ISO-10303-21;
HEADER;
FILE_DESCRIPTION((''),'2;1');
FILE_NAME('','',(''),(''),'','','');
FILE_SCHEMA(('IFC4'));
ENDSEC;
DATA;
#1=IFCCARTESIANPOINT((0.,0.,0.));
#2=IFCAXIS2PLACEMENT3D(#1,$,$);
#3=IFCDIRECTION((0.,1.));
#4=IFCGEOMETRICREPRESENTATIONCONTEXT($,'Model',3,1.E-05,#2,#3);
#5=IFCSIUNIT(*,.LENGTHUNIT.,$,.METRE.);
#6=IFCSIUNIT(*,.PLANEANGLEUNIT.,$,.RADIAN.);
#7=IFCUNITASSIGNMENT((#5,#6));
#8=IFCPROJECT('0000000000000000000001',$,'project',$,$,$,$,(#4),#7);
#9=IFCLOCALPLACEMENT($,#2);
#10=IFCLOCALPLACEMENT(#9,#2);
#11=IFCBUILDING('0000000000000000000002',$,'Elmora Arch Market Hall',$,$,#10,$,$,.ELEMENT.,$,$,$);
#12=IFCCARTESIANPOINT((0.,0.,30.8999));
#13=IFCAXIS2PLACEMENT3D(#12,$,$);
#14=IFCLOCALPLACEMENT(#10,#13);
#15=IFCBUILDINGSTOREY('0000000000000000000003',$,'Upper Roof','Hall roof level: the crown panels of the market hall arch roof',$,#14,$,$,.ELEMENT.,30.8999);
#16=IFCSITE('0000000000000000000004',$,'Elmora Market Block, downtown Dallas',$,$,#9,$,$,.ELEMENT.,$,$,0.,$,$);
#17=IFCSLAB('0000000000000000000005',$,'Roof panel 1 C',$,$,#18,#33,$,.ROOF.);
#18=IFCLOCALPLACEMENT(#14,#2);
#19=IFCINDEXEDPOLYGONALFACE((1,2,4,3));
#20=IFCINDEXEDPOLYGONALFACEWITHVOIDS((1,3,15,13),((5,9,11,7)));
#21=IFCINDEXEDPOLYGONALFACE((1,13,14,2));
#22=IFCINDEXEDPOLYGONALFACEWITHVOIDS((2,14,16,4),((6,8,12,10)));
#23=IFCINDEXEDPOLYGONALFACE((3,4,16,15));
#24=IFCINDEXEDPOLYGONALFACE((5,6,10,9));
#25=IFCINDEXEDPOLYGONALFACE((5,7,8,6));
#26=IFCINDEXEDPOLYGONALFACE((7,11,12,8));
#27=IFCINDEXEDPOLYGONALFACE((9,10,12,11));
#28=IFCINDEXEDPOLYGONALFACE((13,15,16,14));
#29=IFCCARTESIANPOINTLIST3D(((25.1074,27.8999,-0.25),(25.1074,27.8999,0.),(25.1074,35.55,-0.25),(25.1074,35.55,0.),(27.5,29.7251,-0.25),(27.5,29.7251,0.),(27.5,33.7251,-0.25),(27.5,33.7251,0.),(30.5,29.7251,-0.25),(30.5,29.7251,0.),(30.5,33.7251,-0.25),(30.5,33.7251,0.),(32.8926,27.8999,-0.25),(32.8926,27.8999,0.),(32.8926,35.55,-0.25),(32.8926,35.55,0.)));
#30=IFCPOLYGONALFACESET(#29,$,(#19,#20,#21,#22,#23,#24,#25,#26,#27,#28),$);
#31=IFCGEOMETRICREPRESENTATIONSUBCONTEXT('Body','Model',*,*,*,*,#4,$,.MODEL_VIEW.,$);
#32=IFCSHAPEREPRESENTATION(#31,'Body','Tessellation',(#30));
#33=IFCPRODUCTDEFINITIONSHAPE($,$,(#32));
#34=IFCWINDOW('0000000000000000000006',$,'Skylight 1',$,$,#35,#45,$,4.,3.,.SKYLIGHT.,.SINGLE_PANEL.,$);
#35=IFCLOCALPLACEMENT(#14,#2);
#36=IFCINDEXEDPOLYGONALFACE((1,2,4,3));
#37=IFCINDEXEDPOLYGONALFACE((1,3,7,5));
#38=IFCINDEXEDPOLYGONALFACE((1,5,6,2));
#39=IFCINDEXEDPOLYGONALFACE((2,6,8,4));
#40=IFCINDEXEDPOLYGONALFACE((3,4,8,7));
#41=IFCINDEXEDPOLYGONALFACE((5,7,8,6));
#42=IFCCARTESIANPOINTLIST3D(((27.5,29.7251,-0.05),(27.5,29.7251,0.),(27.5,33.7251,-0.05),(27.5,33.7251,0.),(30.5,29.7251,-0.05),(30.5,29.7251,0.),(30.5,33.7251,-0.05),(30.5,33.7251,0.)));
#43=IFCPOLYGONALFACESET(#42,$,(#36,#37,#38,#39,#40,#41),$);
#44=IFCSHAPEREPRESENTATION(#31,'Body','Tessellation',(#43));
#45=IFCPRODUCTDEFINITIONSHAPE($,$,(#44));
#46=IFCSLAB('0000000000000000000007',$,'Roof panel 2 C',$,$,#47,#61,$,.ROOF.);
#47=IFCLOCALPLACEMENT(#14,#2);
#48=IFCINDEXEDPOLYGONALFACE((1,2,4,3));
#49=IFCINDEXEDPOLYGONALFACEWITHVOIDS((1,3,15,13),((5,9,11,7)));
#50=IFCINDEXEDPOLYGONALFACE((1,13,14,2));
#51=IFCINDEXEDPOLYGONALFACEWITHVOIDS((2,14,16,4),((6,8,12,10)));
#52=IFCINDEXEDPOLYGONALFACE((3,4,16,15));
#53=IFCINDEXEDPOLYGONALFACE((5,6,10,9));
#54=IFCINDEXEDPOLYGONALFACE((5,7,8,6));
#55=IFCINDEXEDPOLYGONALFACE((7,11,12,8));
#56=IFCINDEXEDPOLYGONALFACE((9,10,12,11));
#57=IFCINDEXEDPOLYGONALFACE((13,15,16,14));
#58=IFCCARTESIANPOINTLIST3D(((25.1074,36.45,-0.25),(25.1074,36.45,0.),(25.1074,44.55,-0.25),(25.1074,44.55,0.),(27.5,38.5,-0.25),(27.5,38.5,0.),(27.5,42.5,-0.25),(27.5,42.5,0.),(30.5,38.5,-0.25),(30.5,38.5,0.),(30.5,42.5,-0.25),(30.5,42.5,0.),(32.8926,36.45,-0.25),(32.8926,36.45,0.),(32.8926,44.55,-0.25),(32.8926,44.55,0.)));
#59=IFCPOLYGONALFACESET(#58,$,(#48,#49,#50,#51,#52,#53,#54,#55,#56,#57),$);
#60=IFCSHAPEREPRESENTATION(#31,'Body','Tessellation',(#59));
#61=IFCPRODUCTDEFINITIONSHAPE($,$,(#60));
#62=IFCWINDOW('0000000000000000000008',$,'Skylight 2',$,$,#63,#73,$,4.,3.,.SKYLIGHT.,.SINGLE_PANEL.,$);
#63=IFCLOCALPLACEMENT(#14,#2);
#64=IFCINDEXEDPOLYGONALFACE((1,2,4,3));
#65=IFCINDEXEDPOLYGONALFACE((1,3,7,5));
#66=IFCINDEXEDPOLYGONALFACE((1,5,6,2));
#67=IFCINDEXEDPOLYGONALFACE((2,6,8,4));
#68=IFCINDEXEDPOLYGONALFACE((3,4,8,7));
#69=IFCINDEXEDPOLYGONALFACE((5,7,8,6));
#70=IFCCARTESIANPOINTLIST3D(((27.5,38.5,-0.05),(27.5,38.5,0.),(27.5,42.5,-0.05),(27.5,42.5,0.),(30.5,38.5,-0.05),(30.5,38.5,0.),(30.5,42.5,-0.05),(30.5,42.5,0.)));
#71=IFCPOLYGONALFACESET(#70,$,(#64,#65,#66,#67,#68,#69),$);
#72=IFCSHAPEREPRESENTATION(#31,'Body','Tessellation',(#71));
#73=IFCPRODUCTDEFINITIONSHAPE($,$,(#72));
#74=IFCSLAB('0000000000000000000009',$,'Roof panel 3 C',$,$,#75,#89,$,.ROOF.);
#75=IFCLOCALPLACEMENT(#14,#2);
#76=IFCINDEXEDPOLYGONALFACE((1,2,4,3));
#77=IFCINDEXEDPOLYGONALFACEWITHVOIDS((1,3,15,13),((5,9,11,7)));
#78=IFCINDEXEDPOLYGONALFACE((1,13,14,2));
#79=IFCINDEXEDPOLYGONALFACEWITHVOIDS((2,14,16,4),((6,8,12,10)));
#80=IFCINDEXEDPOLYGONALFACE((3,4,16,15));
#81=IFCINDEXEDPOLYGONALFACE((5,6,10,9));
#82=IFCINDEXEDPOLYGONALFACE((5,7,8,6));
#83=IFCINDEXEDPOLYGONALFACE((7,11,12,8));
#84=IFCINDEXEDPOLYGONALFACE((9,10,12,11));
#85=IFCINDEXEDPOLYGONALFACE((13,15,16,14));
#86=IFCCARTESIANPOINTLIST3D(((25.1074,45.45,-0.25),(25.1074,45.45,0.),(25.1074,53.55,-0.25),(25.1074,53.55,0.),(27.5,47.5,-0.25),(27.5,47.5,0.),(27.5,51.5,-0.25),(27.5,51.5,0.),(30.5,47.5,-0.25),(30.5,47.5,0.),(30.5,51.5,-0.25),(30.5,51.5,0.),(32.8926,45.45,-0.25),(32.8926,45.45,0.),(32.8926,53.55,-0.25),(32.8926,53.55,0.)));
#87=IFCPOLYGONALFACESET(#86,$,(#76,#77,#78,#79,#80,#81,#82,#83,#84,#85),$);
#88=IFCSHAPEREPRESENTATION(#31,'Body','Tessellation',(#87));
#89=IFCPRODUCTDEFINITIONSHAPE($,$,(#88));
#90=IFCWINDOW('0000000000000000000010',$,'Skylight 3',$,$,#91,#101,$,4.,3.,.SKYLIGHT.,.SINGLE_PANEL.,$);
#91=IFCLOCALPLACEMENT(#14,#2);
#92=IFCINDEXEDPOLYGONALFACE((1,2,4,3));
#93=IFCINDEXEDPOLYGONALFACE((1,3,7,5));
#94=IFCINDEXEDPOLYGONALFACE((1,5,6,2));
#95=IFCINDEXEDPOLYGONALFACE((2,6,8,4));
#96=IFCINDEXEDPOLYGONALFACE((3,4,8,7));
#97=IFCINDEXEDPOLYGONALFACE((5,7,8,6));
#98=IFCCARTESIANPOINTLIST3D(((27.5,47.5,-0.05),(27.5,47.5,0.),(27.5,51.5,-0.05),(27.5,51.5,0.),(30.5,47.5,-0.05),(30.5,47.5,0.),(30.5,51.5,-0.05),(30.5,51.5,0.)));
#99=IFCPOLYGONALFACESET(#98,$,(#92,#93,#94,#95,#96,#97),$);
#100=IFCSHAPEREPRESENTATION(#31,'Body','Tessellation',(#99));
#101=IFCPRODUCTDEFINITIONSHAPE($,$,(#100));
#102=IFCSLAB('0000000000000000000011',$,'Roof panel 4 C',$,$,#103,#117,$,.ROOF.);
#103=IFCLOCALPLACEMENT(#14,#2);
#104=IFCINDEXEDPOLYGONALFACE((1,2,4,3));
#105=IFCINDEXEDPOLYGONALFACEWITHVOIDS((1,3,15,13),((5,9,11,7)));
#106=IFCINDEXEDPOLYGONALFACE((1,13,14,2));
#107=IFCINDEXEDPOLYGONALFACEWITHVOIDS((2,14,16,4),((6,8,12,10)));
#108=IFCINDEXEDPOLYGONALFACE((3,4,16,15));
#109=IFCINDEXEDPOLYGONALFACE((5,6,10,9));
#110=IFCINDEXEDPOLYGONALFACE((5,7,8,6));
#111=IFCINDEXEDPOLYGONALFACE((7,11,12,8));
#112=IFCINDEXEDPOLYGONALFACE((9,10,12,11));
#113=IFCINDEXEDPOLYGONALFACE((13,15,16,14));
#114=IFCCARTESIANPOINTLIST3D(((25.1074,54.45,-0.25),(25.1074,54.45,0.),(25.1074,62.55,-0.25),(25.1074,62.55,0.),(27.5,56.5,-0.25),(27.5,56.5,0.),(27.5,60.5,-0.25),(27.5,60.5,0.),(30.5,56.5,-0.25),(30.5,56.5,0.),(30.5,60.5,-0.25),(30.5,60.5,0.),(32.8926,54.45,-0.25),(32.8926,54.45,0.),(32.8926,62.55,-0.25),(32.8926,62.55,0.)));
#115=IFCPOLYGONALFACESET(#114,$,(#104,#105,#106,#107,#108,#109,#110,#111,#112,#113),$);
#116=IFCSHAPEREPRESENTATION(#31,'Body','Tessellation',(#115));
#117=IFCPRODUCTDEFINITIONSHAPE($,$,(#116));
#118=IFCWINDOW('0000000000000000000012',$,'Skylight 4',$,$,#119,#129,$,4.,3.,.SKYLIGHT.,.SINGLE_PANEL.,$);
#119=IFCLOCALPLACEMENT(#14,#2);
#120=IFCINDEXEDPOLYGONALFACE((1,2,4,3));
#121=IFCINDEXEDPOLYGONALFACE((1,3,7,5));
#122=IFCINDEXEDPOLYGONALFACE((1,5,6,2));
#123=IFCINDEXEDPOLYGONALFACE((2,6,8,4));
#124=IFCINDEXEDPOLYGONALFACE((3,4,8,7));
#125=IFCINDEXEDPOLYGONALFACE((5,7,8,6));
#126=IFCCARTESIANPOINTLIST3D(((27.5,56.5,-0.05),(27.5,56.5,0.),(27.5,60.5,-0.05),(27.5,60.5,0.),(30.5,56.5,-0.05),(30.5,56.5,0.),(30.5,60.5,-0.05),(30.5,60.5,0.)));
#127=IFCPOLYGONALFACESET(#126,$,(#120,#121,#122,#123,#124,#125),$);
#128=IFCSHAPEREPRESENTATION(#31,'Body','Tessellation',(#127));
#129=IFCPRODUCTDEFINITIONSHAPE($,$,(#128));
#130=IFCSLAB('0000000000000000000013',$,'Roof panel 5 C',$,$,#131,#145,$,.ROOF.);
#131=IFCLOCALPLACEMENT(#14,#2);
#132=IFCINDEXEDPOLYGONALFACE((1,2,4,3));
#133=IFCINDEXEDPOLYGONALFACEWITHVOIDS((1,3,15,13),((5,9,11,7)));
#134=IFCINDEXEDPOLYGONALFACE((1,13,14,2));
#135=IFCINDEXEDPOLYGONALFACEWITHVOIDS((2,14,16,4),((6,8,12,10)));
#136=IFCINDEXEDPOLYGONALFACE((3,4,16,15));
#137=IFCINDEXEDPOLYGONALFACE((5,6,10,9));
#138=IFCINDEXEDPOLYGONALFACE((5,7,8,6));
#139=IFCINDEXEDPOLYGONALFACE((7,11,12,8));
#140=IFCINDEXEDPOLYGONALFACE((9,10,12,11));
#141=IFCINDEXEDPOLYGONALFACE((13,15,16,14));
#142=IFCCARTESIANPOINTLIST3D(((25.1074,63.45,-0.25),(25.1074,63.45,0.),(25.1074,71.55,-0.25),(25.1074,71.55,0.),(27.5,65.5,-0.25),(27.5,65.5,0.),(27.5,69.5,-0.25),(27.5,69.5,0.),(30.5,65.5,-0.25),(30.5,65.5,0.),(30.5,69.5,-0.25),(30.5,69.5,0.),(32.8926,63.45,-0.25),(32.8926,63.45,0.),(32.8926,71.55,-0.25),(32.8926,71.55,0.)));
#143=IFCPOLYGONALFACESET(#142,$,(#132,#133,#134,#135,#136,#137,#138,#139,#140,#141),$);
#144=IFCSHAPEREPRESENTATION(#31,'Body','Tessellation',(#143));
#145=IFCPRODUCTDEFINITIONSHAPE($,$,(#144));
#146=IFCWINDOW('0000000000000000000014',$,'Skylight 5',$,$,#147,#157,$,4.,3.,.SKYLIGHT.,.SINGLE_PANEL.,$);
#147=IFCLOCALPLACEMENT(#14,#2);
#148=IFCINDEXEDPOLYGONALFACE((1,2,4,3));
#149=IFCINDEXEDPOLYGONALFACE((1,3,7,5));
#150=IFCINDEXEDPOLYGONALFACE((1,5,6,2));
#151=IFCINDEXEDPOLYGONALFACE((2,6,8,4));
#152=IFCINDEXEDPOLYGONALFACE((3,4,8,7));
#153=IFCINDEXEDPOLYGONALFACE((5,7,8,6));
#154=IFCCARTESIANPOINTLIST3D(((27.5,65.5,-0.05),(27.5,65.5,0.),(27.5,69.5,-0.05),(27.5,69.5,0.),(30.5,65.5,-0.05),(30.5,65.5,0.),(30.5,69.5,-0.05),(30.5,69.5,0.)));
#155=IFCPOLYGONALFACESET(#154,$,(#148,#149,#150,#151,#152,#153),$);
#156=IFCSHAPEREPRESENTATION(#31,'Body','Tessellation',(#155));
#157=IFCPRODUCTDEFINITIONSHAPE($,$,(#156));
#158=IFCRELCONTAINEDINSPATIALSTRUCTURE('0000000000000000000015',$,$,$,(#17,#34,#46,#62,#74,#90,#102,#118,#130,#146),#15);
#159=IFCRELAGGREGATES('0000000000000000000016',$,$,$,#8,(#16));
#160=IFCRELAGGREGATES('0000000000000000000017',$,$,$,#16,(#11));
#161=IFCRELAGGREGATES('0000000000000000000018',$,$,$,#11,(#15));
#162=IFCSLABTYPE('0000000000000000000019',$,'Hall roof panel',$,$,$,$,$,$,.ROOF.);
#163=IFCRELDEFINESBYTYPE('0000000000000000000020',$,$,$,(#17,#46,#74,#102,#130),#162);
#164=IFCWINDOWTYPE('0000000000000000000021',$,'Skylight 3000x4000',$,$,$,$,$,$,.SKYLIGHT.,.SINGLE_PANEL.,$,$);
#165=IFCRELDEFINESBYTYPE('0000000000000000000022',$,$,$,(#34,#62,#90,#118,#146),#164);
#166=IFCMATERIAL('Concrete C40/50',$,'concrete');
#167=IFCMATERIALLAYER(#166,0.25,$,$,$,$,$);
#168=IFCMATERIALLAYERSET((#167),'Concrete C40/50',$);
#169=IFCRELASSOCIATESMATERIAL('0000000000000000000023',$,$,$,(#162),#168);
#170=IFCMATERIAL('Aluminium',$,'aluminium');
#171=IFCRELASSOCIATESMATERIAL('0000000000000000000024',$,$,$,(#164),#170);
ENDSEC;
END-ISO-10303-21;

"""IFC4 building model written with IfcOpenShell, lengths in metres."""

from ifc_helpers import new_model, si_unit, direction, frame, origin, origin_2d, place, context, subcontext, project, spatial, polyline, rectangle, outline, extrude, material, layer, layer_set, type_object, element, fill, save


model = new_model("IFC4")

# Units and contexts
model_context = context("Model", 3, precision=1e-05, world=origin(), true_north=direction((0.0, 1.0)))
body_context = subcontext(model_context, "Body", "Model", "MODEL_VIEW")
ifc_project = project(units=[si_unit("LENGTHUNIT", "METRE"), si_unit("PLANEANGLEUNIT", "RADIAN")], contexts=[model_context])

# Site, building, storey
site_placement = place(None, origin())
site = spatial("IfcSite", under=ifc_project, at=site_placement, Name="Elmora Market Block, downtown Dallas", CompositionType="ELEMENT", RefElevation=0.0)
building_placement = place(site_placement, origin())
building = spatial("IfcBuilding", under=site, at=building_placement, Name="Elmora Arch Market Hall", CompositionType="ELEMENT")
storey_placement = place(building_placement, frame((0.0, 0.0, 30.8999)))
storey = spatial("IfcBuildingStorey", under=building, at=storey_placement, Name="Upper Roof", Description="Hall roof level: the crown panels of the market hall arch roof", CompositionType="ELEMENT", Elevation=30.8999)

# Slabs, openings, windows
ifc_material_1 = material(Name="Concrete C40/50", Category="concrete")
ifc_layer = layer(ifc_material_1, 0.25)
ifc_layer_set = layer_set([ifc_layer], Name="Concrete C40/50")
slab_type = type_object("IfcSlabType", Name="Hall roof panel", PredefinedType="ROOF", material=ifc_layer_set)
slab_1_placement = place(storey_placement, frame((0.0, 0.0, -0.25)))
slab_1 = element("IfcSlab", 1, at=slab_1_placement, inside=storey, type_object=slab_type, Name="Roof panel 1 C", PredefinedType="ROOF", context=body_context, shape_type="SweptSolid", body=[
    extrude(outline(polyline([(25.1074, 27.8999), (32.8926, 27.8999), (32.8926, 35.55), (25.1074, 35.55), (25.1074, 27.8999)])), origin(), (0.0, 0.0, 1.0), 0.25),
])
opening_1_placement = place(slab_1_placement, frame((29.0, 31.7251, 0.0)))
opening_1 = element("IfcOpeningElement", 2, at=opening_1_placement, cuts=slab_1, PredefinedType="OPENING", context=body_context, shape_type="SweptSolid", body=[
    extrude(rectangle(XDim=3.0, YDim=4.0, at=origin_2d()), origin(), (0.0, 0.0, 1.0), 0.25),
])
ifc_material_2 = material(Name="Aluminium", Category="aluminium")
window_type = type_object("IfcWindowType", Name="Skylight 3000x4000", PartitioningType="SINGLE_PANEL", PredefinedType="SKYLIGHT", material=ifc_material_2)
window_1_placement = place(opening_1_placement, frame((0.0, 0.0, 0.2)))
window_1 = element("IfcWindow", 3, at=window_1_placement, inside=storey, type_object=window_type, Name="Skylight 1", OverallHeight=4.0, OverallWidth=3.0, PartitioningType="SINGLE_PANEL", PredefinedType="SKYLIGHT", context=body_context, shape_type="SweptSolid", body=[
    extrude(rectangle(XDim=3.0, YDim=4.0, at=origin_2d()), origin(), (0.0, 0.0, 1.0), 0.05),
])
fill(opening_1, window_1)
slab_2_placement = place(storey_placement, frame((0.0, 0.0, -0.25)))
slab_2 = element("IfcSlab", 4, at=slab_2_placement, inside=storey, type_object=slab_type, Name="Roof panel 2 C", PredefinedType="ROOF", context=body_context, shape_type="SweptSolid", body=[
    extrude(outline(polyline([(25.1074, 36.45), (32.8926, 36.45), (32.8926, 44.55), (25.1074, 44.55), (25.1074, 36.45)])), origin(), (0.0, 0.0, 1.0), 0.25),
])
opening_2_placement = place(slab_2_placement, frame((29.0, 40.5, 0.0)))
opening_2 = element("IfcOpeningElement", 5, at=opening_2_placement, cuts=slab_2, PredefinedType="OPENING", context=body_context, shape_type="SweptSolid", body=[
    extrude(rectangle(XDim=3.0, YDim=4.0, at=origin_2d()), origin(), (0.0, 0.0, 1.0), 0.25),
])
window_2_placement = place(opening_2_placement, frame((0.0, 0.0, 0.2)))
window_2 = element("IfcWindow", 6, at=window_2_placement, inside=storey, type_object=window_type, Name="Skylight 2", OverallHeight=4.0, OverallWidth=3.0, PartitioningType="SINGLE_PANEL", PredefinedType="SKYLIGHT", context=body_context, shape_type="SweptSolid", body=[
    extrude(rectangle(XDim=3.0, YDim=4.0, at=origin_2d()), origin(), (0.0, 0.0, 1.0), 0.05),
])
fill(opening_2, window_2)
slab_3_placement = place(storey_placement, frame((0.0, 0.0, -0.25)))
slab_3 = element("IfcSlab", 7, at=slab_3_placement, inside=storey, type_object=slab_type, Name="Roof panel 3 C", PredefinedType="ROOF", context=body_context, shape_type="SweptSolid", body=[
    extrude(outline(polyline([(25.1074, 45.45), (32.8926, 45.45), (32.8926, 53.55), (25.1074, 53.55), (25.1074, 45.45)])), origin(), (0.0, 0.0, 1.0), 0.25),
])
opening_3_placement = place(slab_3_placement, frame((29.0, 49.5, 0.0)))
opening_3 = element("IfcOpeningElement", 8, at=opening_3_placement, cuts=slab_3, PredefinedType="OPENING", context=body_context, shape_type="SweptSolid", body=[
    extrude(rectangle(XDim=3.0, YDim=4.0, at=origin_2d()), origin(), (0.0, 0.0, 1.0), 0.25),
])
window_3_placement = place(opening_3_placement, frame((0.0, 0.0, 0.2)))
window_3 = element("IfcWindow", 9, at=window_3_placement, inside=storey, type_object=window_type, Name="Skylight 3", OverallHeight=4.0, OverallWidth=3.0, PartitioningType="SINGLE_PANEL", PredefinedType="SKYLIGHT", context=body_context, shape_type="SweptSolid", body=[
    extrude(rectangle(XDim=3.0, YDim=4.0, at=origin_2d()), origin(), (0.0, 0.0, 1.0), 0.05),
])
fill(opening_3, window_3)
slab_4_placement = place(storey_placement, frame((0.0, 0.0, -0.25)))
slab_4 = element("IfcSlab", 10, at=slab_4_placement, inside=storey, type_object=slab_type, Name="Roof panel 4 C", PredefinedType="ROOF", context=body_context, shape_type="SweptSolid", body=[
    extrude(outline(polyline([(25.1074, 54.45), (32.8926, 54.45), (32.8926, 62.55), (25.1074, 62.55), (25.1074, 54.45)])), origin(), (0.0, 0.0, 1.0), 0.25),
])
opening_4_placement = place(slab_4_placement, frame((29.0, 58.5, 0.0)))
opening_4 = element("IfcOpeningElement", 11, at=opening_4_placement, cuts=slab_4, PredefinedType="OPENING", context=body_context, shape_type="SweptSolid", body=[
    extrude(rectangle(XDim=3.0, YDim=4.0, at=origin_2d()), origin(), (0.0, 0.0, 1.0), 0.25),
])
window_4_placement = place(opening_4_placement, frame((0.0, 0.0, 0.2)))
window_4 = element("IfcWindow", 12, at=window_4_placement, inside=storey, type_object=window_type, Name="Skylight 4", OverallHeight=4.0, OverallWidth=3.0, PartitioningType="SINGLE_PANEL", PredefinedType="SKYLIGHT", context=body_context, shape_type="SweptSolid", body=[
    extrude(rectangle(XDim=3.0, YDim=4.0, at=origin_2d()), origin(), (0.0, 0.0, 1.0), 0.05),
])
fill(opening_4, window_4)
slab_5_placement = place(storey_placement, frame((0.0, 0.0, -0.25)))
slab_5 = element("IfcSlab", 13, at=slab_5_placement, inside=storey, type_object=slab_type, Name="Roof panel 5 C", PredefinedType="ROOF", context=body_context, shape_type="SweptSolid", body=[
    extrude(outline(polyline([(25.1074, 63.45), (32.8926, 63.45), (32.8926, 71.55), (25.1074, 71.55), (25.1074, 63.45)])), origin(), (0.0, 0.0, 1.0), 0.25),
])
opening_5_placement = place(slab_5_placement, frame((29.0, 67.5, 0.0)))
opening_5 = element("IfcOpeningElement", 14, at=opening_5_placement, cuts=slab_5, PredefinedType="OPENING", context=body_context, shape_type="SweptSolid", body=[
    extrude(rectangle(XDim=3.0, YDim=4.0, at=origin_2d()), origin(), (0.0, 0.0, 1.0), 0.25),
])
window_5_placement = place(opening_5_placement, frame((0.0, 0.0, 0.2)))
window_5 = element("IfcWindow", 15, at=window_5_placement, inside=storey, type_object=window_type, Name="Skylight 5", OverallHeight=4.0, OverallWidth=3.0, PartitioningType="SINGLE_PANEL", PredefinedType="SKYLIGHT", context=body_context, shape_type="SweptSolid", body=[
    extrude(rectangle(XDim=3.0, YDim=4.0, at=origin_2d()), origin(), (0.0, 0.0, 1.0), 0.05),
])
fill(opening_5, window_5)

save(model, "model.ifc")
